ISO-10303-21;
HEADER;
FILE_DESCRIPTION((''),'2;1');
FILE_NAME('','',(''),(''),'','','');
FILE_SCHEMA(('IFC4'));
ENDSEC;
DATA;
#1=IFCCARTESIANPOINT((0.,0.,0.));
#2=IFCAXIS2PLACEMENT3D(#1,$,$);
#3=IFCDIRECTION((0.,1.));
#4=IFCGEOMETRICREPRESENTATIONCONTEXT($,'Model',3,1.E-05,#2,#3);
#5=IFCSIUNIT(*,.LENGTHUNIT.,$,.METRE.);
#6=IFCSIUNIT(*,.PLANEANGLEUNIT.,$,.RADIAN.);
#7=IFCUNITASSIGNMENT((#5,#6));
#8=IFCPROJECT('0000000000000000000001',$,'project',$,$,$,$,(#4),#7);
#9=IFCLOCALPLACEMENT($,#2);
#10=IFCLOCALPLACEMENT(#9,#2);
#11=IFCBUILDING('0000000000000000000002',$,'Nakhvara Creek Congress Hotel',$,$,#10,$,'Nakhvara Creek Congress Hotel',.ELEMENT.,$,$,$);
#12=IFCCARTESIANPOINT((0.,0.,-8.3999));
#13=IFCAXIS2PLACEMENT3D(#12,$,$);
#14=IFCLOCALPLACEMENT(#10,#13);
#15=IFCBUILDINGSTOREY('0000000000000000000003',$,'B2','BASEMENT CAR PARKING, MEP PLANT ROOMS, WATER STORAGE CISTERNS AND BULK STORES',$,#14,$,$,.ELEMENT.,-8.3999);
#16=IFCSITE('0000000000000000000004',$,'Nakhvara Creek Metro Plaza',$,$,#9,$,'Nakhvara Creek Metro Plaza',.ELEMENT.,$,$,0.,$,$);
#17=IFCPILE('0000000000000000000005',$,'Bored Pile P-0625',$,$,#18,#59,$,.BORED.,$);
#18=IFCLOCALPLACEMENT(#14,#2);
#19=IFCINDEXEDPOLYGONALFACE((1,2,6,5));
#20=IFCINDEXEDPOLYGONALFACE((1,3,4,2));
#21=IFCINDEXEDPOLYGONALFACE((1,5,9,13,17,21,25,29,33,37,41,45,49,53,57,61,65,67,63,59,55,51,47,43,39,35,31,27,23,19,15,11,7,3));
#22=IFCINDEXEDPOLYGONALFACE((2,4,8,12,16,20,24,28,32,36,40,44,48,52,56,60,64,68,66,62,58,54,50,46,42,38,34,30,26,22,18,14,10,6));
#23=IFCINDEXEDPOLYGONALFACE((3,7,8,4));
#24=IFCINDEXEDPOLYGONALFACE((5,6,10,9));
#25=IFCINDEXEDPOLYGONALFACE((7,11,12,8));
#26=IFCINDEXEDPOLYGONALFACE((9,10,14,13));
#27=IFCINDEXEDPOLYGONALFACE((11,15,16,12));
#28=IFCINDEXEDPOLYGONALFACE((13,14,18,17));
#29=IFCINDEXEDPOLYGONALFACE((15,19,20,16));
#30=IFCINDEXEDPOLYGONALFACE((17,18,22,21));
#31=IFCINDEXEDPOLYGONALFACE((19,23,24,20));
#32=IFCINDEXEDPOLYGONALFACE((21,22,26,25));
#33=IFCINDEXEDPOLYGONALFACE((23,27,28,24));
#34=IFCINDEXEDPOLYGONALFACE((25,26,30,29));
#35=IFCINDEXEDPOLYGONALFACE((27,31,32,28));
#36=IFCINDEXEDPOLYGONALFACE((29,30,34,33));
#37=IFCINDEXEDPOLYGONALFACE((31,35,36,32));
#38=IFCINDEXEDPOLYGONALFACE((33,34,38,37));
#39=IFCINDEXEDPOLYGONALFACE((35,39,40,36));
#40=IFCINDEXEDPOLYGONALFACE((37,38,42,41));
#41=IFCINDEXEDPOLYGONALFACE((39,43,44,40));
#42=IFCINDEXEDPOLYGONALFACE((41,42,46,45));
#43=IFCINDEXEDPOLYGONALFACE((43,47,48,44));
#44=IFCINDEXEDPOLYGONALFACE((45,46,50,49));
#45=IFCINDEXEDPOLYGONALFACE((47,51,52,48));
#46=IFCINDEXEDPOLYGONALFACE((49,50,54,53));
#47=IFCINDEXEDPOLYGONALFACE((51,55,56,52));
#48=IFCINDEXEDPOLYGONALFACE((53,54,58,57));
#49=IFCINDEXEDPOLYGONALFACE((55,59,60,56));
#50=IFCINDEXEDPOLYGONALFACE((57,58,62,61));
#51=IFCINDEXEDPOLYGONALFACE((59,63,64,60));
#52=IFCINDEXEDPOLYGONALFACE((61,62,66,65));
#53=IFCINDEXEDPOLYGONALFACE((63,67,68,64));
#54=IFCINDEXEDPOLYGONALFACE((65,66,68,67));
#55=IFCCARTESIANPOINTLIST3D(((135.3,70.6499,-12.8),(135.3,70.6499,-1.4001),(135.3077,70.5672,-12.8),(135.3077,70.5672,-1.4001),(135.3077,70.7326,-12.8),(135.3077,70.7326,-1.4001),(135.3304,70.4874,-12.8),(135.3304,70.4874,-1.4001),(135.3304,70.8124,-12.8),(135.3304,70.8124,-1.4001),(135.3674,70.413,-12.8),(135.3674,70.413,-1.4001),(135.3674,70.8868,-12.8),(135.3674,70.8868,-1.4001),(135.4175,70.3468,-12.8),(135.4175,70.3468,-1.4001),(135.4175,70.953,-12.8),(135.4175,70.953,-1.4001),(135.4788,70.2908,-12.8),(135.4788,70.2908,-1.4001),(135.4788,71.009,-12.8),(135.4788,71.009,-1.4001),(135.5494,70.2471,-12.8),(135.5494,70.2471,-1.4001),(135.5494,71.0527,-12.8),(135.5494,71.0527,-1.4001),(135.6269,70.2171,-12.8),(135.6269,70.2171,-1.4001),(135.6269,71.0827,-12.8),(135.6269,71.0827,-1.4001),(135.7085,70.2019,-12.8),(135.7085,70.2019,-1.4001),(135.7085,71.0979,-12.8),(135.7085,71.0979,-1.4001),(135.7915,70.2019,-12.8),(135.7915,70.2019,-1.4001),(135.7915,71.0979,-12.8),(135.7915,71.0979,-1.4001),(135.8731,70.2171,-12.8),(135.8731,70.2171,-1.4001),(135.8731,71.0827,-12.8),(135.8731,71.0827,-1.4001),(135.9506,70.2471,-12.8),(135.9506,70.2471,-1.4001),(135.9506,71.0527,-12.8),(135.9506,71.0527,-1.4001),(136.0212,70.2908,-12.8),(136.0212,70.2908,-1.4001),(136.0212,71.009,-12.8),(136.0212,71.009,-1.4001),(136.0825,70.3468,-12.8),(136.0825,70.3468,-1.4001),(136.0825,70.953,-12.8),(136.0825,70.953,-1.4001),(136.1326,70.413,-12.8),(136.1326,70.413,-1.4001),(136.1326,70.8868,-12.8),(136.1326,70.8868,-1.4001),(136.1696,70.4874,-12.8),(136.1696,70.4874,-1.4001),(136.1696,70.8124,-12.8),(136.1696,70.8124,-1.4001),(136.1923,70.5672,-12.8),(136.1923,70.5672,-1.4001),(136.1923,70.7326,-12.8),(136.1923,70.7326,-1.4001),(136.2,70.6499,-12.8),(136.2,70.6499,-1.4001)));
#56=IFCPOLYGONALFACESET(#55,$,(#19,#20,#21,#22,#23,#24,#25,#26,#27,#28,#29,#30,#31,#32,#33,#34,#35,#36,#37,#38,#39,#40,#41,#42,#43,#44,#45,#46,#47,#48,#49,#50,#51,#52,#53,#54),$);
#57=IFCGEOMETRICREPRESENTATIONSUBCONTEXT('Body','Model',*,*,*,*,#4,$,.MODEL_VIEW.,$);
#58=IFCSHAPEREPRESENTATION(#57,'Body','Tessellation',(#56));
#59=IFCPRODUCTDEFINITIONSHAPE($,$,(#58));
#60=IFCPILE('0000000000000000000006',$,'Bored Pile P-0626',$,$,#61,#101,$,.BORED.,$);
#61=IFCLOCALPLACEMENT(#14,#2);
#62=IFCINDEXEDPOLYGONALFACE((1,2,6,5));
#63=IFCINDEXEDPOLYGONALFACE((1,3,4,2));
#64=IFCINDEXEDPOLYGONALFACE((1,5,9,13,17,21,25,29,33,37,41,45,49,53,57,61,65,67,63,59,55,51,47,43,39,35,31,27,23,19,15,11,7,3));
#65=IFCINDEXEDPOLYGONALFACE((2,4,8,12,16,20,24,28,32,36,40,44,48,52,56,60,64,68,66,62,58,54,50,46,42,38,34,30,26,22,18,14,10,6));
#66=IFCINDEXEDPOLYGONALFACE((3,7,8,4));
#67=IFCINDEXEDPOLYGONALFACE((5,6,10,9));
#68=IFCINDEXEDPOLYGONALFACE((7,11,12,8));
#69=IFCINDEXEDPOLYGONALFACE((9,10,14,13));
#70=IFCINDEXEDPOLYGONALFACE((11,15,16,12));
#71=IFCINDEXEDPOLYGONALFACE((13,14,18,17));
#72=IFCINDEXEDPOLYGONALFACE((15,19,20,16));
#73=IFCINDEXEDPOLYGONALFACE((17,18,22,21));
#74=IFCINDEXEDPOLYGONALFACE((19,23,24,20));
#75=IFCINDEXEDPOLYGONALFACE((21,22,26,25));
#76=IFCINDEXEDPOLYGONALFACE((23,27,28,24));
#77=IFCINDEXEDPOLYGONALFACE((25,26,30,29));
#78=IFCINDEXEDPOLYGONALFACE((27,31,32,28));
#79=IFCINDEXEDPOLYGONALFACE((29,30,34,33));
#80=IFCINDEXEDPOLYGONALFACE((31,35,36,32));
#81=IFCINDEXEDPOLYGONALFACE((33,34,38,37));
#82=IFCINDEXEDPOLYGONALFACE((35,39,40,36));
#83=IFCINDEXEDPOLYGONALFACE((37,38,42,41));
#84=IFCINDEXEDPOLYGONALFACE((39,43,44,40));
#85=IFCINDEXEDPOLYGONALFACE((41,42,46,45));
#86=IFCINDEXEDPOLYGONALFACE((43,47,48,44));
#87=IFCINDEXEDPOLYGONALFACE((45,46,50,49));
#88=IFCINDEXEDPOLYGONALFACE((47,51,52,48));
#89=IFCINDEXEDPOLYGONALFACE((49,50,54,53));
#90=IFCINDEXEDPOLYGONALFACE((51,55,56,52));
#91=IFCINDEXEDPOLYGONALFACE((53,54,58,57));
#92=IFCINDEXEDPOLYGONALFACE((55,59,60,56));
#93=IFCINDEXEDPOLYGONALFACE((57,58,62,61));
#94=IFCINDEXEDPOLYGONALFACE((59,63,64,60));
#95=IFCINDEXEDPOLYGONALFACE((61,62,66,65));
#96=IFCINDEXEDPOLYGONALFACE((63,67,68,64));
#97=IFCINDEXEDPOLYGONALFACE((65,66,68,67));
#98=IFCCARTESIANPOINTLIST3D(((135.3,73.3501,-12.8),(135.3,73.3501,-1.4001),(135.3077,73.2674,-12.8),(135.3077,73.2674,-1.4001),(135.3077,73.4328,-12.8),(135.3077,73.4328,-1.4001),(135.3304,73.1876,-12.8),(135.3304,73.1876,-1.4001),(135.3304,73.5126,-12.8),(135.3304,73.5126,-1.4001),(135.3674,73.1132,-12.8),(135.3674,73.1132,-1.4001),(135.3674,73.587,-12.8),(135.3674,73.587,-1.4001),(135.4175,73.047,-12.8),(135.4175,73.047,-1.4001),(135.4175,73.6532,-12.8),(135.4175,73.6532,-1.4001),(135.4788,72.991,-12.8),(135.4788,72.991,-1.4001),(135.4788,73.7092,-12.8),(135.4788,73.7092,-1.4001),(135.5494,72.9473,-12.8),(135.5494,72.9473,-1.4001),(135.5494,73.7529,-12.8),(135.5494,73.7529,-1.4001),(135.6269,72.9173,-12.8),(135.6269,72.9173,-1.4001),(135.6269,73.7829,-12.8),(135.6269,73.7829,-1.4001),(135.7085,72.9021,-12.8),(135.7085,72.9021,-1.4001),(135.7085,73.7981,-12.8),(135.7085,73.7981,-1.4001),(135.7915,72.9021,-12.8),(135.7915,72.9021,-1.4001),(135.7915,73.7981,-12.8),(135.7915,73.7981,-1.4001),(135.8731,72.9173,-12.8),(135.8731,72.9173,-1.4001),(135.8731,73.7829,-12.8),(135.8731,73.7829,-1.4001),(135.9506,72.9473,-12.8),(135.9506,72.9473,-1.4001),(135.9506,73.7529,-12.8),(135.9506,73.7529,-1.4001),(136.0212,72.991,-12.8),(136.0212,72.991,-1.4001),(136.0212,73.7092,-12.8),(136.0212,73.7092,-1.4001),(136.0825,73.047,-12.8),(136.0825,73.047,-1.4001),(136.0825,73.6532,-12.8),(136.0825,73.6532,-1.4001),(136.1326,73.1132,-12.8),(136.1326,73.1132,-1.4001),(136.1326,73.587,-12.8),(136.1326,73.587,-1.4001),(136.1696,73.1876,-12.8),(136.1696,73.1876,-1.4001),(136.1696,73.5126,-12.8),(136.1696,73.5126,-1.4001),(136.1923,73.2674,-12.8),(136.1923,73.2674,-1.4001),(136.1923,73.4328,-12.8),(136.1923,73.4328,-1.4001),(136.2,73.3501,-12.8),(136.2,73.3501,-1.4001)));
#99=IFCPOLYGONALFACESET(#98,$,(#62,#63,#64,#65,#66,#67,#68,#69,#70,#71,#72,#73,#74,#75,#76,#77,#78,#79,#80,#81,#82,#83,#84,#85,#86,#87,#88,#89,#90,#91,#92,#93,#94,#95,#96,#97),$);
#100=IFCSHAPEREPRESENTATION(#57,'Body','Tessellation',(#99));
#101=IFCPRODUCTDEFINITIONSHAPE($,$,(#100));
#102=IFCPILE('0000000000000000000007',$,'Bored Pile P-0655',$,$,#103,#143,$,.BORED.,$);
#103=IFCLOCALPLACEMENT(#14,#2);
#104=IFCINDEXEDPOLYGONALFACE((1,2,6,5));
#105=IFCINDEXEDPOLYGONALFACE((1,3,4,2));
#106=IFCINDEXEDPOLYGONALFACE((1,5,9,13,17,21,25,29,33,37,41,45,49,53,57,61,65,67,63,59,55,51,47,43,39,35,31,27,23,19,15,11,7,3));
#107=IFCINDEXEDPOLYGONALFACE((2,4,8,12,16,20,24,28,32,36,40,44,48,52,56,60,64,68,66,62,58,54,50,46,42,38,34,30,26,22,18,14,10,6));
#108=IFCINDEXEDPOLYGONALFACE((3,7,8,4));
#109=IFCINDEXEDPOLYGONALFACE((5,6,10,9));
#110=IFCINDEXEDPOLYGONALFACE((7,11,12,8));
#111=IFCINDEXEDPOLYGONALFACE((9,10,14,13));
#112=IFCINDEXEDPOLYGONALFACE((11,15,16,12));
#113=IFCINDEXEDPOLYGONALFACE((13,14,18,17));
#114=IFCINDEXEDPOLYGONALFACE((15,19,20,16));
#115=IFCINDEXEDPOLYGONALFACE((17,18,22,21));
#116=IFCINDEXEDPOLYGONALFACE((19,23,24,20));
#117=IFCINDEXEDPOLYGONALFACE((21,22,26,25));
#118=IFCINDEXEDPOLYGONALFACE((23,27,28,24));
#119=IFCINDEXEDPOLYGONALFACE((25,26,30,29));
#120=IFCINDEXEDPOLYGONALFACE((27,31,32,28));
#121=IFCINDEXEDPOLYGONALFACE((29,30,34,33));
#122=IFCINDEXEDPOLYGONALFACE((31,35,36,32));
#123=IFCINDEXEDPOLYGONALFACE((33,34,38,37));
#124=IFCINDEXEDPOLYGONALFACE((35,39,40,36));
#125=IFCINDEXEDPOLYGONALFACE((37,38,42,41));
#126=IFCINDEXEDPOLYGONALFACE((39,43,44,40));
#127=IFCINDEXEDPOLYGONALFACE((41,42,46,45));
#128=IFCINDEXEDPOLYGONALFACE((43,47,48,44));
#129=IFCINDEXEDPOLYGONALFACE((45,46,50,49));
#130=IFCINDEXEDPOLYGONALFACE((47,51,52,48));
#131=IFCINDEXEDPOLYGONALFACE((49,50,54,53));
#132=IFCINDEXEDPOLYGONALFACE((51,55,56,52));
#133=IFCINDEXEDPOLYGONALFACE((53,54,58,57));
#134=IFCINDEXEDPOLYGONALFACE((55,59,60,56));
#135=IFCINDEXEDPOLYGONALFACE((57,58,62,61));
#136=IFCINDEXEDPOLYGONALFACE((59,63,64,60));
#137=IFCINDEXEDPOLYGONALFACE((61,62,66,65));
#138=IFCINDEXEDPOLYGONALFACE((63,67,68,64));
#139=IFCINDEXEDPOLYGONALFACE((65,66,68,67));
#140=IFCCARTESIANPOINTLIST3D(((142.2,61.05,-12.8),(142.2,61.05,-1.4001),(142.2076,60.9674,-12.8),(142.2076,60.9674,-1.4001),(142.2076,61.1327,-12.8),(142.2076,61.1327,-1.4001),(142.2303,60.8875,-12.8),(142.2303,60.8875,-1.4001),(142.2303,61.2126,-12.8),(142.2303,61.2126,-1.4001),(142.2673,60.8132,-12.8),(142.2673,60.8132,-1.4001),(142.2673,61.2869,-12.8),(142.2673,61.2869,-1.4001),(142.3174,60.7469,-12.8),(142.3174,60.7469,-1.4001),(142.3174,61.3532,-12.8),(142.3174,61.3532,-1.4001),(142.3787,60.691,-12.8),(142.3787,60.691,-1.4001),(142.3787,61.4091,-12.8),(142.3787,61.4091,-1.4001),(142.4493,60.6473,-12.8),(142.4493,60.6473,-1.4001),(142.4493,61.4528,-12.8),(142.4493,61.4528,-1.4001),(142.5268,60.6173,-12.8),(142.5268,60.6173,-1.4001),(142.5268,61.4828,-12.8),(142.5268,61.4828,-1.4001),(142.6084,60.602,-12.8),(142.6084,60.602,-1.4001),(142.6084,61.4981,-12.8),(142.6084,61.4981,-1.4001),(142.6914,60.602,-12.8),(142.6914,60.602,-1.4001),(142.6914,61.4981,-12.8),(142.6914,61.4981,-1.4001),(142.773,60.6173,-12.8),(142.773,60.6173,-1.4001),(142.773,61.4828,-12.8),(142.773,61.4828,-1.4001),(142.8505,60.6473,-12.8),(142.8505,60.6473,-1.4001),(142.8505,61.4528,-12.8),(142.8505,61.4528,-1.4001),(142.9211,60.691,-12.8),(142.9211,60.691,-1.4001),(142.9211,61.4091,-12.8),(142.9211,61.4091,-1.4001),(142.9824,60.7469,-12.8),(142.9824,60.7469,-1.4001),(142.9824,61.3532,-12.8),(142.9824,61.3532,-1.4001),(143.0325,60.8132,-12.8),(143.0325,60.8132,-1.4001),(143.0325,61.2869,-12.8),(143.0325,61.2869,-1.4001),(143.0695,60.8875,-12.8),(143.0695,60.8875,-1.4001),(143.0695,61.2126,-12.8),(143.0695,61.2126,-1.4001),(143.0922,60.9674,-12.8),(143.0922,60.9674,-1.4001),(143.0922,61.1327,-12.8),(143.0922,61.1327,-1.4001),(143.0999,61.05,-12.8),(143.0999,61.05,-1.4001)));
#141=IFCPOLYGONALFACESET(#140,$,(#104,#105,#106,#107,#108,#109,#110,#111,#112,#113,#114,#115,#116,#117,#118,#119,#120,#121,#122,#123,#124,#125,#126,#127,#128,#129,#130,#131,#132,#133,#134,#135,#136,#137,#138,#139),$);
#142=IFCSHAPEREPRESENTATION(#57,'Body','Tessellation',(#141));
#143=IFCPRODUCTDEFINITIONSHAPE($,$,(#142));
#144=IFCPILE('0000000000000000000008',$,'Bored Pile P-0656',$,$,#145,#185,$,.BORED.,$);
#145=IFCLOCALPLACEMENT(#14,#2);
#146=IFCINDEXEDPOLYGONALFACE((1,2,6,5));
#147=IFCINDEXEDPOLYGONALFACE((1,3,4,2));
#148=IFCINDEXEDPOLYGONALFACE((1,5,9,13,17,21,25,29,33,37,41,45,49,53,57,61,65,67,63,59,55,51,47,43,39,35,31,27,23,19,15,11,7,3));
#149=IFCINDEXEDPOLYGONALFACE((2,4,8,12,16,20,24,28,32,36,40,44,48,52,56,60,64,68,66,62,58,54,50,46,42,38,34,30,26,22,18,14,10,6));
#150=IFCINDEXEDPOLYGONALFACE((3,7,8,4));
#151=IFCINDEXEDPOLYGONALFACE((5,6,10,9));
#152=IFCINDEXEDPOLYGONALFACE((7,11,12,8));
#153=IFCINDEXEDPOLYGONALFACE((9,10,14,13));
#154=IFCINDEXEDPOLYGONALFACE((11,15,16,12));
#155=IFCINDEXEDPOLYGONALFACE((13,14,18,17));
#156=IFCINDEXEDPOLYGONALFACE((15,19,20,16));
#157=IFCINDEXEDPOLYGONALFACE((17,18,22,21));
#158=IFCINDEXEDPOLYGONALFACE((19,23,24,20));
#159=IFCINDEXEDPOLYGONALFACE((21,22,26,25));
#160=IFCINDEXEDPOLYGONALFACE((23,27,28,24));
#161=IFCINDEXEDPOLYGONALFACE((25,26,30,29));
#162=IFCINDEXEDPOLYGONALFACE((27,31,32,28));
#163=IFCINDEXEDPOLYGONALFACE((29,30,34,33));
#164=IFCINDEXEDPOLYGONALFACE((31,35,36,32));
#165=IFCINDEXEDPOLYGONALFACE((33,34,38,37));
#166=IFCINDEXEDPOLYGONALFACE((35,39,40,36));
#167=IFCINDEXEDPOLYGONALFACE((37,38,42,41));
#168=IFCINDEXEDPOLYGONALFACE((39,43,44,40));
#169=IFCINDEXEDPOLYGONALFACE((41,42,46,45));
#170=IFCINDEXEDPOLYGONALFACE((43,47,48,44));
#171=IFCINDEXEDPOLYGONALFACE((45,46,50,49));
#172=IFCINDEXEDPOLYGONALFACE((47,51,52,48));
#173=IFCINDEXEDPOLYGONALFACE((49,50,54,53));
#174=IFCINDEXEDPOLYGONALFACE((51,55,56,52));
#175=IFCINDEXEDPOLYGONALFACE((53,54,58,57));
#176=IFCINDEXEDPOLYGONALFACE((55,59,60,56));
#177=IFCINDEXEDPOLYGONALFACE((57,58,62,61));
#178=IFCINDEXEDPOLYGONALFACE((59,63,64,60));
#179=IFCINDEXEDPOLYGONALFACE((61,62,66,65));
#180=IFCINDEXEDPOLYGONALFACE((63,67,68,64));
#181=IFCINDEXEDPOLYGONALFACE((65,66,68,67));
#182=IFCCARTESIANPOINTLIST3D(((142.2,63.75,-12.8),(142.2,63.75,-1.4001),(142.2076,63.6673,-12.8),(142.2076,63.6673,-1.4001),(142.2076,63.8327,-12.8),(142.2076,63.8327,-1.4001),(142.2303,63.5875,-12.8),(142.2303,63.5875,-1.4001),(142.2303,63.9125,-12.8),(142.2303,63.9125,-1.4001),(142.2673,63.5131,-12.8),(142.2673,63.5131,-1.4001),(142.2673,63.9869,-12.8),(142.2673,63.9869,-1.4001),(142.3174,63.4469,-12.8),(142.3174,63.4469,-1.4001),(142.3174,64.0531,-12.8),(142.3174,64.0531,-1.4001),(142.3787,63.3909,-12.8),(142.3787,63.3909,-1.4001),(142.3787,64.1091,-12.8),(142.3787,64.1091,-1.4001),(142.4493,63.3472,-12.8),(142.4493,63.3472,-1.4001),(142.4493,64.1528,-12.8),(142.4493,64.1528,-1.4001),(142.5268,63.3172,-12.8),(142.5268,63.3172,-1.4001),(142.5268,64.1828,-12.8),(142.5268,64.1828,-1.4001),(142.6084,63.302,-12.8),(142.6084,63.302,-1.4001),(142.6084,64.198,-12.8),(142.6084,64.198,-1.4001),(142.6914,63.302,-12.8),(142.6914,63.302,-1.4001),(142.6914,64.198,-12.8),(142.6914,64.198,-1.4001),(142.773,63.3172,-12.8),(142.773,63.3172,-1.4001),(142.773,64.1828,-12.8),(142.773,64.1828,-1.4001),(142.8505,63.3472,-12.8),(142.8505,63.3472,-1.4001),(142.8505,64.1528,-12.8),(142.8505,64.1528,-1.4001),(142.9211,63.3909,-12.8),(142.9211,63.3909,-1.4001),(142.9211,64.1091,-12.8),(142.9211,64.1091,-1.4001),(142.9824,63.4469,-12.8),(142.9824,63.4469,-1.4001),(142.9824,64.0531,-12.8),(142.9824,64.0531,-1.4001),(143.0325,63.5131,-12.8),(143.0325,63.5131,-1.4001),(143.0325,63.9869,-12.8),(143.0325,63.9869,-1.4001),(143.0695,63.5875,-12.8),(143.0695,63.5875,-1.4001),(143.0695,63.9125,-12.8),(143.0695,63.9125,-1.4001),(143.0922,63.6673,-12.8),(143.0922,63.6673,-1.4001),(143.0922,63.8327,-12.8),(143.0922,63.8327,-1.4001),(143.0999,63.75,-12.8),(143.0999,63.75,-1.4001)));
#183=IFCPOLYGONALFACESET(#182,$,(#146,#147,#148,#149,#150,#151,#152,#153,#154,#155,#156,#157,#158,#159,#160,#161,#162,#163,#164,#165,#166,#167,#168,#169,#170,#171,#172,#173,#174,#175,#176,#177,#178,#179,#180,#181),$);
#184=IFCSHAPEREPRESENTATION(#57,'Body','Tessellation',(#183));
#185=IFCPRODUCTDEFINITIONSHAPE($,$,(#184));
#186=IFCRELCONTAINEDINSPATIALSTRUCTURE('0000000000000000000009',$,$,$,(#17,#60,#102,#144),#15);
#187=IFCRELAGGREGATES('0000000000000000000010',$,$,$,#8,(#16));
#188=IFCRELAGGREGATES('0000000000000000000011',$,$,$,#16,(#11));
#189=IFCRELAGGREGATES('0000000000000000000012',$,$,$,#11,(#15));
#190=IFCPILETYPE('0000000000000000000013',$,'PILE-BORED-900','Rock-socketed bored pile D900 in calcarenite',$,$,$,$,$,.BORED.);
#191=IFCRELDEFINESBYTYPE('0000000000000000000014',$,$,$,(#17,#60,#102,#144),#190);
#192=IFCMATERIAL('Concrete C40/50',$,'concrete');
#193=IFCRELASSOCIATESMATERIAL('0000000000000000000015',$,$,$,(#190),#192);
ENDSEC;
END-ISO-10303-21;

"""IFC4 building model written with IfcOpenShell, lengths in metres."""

from ifc_helpers import new_model, si_unit, direction, frame, origin, origin_2d, place, context, subcontext, project, spatial, circle, extrude, material, material_profile, profile_set, type_object, element, save


model = new_model("IFC4")

# Units and contexts
model_context = context("Model", 3, precision=1e-05, world=origin(), true_north=direction((0.0, 1.0)))
body_context = subcontext(model_context, "Body", "Model", "MODEL_VIEW")
ifc_project = project(units=[si_unit("LENGTHUNIT", "METRE"), si_unit("PLANEANGLEUNIT", "RADIAN")], contexts=[model_context])

# Site, building, storey
site_placement = place(None, origin())
site = spatial("IfcSite", under=ifc_project, at=site_placement, Name="Nakhvara Creek Metro Plaza", LongName="Nakhvara Creek Metro Plaza", CompositionType="ELEMENT", RefElevation=0.0)
building_placement = place(site_placement, origin())
building = spatial("IfcBuilding", under=site, at=building_placement, Name="Nakhvara Creek Congress Hotel", LongName="Nakhvara Creek Congress Hotel", CompositionType="ELEMENT")
storey_placement = place(building_placement, frame((0.0, 0.0, -8.3999)))
storey = spatial("IfcBuildingStorey", under=building, at=storey_placement, Name="B2", Description="BASEMENT CAR PARKING, MEP PLANT ROOMS, WATER STORAGE CISTERNS AND BULK STORES", CompositionType="ELEMENT", Elevation=-8.3999)

# Shared definitions
ifc_material_1 = material(Name="Concrete C40/50", Category="concrete")

# Piles
ifc_material_profile_1 = material_profile(ifc_material_1, circle(Radius=0.45, at=origin_2d()), Name="BORED PILE D900", Category="LoadBearing")
ifc_profile_set_1 = profile_set([ifc_material_profile_1], Name="Concrete C40/50")
pile_type_1 = type_object("IfcPileType", Name="PILE-BORED-900", Description="Rock-socketed bored pile D900 in calcarenite", PredefinedType="BORED", material=ifc_profile_set_1)
for number, where, z_axis, x_axis, name in (
    (1, (135.75, 70.6499, -1.4001), (0.0, 0.0, -1.0), (1.0, 0.0, 0.0), "Bored Pile P-0625"),
    (2, (135.75, 73.3501, -1.4001), (0.0, 0.0, -1.0), (1.0, 0.0, 0.0), "Bored Pile P-0626"),
    (3, (142.6499, 61.05, -1.4001), (0.0, 0.0, -1.0), (1.0, 0.0, 0.0), "Bored Pile P-0655"),
    (4, (142.6499, 63.75, -1.4001), (0.0, 0.0, -1.0), (1.0, 0.0, 0.0), "Bored Pile P-0656"),
):
    element("IfcPile", number, at=place(storey_placement, frame(where, z_axis=z_axis, x_axis=x_axis)), inside=storey, type_object=pile_type_1, Name=name, PredefinedType="BORED", context=body_context, shape_type="SweptSolid", body=[
        extrude(circle(Radius=0.45, at=origin_2d()), origin(), (0.0, 0.0, 1.0), 11.3999),
    ])

save(model, "model.ifc")
